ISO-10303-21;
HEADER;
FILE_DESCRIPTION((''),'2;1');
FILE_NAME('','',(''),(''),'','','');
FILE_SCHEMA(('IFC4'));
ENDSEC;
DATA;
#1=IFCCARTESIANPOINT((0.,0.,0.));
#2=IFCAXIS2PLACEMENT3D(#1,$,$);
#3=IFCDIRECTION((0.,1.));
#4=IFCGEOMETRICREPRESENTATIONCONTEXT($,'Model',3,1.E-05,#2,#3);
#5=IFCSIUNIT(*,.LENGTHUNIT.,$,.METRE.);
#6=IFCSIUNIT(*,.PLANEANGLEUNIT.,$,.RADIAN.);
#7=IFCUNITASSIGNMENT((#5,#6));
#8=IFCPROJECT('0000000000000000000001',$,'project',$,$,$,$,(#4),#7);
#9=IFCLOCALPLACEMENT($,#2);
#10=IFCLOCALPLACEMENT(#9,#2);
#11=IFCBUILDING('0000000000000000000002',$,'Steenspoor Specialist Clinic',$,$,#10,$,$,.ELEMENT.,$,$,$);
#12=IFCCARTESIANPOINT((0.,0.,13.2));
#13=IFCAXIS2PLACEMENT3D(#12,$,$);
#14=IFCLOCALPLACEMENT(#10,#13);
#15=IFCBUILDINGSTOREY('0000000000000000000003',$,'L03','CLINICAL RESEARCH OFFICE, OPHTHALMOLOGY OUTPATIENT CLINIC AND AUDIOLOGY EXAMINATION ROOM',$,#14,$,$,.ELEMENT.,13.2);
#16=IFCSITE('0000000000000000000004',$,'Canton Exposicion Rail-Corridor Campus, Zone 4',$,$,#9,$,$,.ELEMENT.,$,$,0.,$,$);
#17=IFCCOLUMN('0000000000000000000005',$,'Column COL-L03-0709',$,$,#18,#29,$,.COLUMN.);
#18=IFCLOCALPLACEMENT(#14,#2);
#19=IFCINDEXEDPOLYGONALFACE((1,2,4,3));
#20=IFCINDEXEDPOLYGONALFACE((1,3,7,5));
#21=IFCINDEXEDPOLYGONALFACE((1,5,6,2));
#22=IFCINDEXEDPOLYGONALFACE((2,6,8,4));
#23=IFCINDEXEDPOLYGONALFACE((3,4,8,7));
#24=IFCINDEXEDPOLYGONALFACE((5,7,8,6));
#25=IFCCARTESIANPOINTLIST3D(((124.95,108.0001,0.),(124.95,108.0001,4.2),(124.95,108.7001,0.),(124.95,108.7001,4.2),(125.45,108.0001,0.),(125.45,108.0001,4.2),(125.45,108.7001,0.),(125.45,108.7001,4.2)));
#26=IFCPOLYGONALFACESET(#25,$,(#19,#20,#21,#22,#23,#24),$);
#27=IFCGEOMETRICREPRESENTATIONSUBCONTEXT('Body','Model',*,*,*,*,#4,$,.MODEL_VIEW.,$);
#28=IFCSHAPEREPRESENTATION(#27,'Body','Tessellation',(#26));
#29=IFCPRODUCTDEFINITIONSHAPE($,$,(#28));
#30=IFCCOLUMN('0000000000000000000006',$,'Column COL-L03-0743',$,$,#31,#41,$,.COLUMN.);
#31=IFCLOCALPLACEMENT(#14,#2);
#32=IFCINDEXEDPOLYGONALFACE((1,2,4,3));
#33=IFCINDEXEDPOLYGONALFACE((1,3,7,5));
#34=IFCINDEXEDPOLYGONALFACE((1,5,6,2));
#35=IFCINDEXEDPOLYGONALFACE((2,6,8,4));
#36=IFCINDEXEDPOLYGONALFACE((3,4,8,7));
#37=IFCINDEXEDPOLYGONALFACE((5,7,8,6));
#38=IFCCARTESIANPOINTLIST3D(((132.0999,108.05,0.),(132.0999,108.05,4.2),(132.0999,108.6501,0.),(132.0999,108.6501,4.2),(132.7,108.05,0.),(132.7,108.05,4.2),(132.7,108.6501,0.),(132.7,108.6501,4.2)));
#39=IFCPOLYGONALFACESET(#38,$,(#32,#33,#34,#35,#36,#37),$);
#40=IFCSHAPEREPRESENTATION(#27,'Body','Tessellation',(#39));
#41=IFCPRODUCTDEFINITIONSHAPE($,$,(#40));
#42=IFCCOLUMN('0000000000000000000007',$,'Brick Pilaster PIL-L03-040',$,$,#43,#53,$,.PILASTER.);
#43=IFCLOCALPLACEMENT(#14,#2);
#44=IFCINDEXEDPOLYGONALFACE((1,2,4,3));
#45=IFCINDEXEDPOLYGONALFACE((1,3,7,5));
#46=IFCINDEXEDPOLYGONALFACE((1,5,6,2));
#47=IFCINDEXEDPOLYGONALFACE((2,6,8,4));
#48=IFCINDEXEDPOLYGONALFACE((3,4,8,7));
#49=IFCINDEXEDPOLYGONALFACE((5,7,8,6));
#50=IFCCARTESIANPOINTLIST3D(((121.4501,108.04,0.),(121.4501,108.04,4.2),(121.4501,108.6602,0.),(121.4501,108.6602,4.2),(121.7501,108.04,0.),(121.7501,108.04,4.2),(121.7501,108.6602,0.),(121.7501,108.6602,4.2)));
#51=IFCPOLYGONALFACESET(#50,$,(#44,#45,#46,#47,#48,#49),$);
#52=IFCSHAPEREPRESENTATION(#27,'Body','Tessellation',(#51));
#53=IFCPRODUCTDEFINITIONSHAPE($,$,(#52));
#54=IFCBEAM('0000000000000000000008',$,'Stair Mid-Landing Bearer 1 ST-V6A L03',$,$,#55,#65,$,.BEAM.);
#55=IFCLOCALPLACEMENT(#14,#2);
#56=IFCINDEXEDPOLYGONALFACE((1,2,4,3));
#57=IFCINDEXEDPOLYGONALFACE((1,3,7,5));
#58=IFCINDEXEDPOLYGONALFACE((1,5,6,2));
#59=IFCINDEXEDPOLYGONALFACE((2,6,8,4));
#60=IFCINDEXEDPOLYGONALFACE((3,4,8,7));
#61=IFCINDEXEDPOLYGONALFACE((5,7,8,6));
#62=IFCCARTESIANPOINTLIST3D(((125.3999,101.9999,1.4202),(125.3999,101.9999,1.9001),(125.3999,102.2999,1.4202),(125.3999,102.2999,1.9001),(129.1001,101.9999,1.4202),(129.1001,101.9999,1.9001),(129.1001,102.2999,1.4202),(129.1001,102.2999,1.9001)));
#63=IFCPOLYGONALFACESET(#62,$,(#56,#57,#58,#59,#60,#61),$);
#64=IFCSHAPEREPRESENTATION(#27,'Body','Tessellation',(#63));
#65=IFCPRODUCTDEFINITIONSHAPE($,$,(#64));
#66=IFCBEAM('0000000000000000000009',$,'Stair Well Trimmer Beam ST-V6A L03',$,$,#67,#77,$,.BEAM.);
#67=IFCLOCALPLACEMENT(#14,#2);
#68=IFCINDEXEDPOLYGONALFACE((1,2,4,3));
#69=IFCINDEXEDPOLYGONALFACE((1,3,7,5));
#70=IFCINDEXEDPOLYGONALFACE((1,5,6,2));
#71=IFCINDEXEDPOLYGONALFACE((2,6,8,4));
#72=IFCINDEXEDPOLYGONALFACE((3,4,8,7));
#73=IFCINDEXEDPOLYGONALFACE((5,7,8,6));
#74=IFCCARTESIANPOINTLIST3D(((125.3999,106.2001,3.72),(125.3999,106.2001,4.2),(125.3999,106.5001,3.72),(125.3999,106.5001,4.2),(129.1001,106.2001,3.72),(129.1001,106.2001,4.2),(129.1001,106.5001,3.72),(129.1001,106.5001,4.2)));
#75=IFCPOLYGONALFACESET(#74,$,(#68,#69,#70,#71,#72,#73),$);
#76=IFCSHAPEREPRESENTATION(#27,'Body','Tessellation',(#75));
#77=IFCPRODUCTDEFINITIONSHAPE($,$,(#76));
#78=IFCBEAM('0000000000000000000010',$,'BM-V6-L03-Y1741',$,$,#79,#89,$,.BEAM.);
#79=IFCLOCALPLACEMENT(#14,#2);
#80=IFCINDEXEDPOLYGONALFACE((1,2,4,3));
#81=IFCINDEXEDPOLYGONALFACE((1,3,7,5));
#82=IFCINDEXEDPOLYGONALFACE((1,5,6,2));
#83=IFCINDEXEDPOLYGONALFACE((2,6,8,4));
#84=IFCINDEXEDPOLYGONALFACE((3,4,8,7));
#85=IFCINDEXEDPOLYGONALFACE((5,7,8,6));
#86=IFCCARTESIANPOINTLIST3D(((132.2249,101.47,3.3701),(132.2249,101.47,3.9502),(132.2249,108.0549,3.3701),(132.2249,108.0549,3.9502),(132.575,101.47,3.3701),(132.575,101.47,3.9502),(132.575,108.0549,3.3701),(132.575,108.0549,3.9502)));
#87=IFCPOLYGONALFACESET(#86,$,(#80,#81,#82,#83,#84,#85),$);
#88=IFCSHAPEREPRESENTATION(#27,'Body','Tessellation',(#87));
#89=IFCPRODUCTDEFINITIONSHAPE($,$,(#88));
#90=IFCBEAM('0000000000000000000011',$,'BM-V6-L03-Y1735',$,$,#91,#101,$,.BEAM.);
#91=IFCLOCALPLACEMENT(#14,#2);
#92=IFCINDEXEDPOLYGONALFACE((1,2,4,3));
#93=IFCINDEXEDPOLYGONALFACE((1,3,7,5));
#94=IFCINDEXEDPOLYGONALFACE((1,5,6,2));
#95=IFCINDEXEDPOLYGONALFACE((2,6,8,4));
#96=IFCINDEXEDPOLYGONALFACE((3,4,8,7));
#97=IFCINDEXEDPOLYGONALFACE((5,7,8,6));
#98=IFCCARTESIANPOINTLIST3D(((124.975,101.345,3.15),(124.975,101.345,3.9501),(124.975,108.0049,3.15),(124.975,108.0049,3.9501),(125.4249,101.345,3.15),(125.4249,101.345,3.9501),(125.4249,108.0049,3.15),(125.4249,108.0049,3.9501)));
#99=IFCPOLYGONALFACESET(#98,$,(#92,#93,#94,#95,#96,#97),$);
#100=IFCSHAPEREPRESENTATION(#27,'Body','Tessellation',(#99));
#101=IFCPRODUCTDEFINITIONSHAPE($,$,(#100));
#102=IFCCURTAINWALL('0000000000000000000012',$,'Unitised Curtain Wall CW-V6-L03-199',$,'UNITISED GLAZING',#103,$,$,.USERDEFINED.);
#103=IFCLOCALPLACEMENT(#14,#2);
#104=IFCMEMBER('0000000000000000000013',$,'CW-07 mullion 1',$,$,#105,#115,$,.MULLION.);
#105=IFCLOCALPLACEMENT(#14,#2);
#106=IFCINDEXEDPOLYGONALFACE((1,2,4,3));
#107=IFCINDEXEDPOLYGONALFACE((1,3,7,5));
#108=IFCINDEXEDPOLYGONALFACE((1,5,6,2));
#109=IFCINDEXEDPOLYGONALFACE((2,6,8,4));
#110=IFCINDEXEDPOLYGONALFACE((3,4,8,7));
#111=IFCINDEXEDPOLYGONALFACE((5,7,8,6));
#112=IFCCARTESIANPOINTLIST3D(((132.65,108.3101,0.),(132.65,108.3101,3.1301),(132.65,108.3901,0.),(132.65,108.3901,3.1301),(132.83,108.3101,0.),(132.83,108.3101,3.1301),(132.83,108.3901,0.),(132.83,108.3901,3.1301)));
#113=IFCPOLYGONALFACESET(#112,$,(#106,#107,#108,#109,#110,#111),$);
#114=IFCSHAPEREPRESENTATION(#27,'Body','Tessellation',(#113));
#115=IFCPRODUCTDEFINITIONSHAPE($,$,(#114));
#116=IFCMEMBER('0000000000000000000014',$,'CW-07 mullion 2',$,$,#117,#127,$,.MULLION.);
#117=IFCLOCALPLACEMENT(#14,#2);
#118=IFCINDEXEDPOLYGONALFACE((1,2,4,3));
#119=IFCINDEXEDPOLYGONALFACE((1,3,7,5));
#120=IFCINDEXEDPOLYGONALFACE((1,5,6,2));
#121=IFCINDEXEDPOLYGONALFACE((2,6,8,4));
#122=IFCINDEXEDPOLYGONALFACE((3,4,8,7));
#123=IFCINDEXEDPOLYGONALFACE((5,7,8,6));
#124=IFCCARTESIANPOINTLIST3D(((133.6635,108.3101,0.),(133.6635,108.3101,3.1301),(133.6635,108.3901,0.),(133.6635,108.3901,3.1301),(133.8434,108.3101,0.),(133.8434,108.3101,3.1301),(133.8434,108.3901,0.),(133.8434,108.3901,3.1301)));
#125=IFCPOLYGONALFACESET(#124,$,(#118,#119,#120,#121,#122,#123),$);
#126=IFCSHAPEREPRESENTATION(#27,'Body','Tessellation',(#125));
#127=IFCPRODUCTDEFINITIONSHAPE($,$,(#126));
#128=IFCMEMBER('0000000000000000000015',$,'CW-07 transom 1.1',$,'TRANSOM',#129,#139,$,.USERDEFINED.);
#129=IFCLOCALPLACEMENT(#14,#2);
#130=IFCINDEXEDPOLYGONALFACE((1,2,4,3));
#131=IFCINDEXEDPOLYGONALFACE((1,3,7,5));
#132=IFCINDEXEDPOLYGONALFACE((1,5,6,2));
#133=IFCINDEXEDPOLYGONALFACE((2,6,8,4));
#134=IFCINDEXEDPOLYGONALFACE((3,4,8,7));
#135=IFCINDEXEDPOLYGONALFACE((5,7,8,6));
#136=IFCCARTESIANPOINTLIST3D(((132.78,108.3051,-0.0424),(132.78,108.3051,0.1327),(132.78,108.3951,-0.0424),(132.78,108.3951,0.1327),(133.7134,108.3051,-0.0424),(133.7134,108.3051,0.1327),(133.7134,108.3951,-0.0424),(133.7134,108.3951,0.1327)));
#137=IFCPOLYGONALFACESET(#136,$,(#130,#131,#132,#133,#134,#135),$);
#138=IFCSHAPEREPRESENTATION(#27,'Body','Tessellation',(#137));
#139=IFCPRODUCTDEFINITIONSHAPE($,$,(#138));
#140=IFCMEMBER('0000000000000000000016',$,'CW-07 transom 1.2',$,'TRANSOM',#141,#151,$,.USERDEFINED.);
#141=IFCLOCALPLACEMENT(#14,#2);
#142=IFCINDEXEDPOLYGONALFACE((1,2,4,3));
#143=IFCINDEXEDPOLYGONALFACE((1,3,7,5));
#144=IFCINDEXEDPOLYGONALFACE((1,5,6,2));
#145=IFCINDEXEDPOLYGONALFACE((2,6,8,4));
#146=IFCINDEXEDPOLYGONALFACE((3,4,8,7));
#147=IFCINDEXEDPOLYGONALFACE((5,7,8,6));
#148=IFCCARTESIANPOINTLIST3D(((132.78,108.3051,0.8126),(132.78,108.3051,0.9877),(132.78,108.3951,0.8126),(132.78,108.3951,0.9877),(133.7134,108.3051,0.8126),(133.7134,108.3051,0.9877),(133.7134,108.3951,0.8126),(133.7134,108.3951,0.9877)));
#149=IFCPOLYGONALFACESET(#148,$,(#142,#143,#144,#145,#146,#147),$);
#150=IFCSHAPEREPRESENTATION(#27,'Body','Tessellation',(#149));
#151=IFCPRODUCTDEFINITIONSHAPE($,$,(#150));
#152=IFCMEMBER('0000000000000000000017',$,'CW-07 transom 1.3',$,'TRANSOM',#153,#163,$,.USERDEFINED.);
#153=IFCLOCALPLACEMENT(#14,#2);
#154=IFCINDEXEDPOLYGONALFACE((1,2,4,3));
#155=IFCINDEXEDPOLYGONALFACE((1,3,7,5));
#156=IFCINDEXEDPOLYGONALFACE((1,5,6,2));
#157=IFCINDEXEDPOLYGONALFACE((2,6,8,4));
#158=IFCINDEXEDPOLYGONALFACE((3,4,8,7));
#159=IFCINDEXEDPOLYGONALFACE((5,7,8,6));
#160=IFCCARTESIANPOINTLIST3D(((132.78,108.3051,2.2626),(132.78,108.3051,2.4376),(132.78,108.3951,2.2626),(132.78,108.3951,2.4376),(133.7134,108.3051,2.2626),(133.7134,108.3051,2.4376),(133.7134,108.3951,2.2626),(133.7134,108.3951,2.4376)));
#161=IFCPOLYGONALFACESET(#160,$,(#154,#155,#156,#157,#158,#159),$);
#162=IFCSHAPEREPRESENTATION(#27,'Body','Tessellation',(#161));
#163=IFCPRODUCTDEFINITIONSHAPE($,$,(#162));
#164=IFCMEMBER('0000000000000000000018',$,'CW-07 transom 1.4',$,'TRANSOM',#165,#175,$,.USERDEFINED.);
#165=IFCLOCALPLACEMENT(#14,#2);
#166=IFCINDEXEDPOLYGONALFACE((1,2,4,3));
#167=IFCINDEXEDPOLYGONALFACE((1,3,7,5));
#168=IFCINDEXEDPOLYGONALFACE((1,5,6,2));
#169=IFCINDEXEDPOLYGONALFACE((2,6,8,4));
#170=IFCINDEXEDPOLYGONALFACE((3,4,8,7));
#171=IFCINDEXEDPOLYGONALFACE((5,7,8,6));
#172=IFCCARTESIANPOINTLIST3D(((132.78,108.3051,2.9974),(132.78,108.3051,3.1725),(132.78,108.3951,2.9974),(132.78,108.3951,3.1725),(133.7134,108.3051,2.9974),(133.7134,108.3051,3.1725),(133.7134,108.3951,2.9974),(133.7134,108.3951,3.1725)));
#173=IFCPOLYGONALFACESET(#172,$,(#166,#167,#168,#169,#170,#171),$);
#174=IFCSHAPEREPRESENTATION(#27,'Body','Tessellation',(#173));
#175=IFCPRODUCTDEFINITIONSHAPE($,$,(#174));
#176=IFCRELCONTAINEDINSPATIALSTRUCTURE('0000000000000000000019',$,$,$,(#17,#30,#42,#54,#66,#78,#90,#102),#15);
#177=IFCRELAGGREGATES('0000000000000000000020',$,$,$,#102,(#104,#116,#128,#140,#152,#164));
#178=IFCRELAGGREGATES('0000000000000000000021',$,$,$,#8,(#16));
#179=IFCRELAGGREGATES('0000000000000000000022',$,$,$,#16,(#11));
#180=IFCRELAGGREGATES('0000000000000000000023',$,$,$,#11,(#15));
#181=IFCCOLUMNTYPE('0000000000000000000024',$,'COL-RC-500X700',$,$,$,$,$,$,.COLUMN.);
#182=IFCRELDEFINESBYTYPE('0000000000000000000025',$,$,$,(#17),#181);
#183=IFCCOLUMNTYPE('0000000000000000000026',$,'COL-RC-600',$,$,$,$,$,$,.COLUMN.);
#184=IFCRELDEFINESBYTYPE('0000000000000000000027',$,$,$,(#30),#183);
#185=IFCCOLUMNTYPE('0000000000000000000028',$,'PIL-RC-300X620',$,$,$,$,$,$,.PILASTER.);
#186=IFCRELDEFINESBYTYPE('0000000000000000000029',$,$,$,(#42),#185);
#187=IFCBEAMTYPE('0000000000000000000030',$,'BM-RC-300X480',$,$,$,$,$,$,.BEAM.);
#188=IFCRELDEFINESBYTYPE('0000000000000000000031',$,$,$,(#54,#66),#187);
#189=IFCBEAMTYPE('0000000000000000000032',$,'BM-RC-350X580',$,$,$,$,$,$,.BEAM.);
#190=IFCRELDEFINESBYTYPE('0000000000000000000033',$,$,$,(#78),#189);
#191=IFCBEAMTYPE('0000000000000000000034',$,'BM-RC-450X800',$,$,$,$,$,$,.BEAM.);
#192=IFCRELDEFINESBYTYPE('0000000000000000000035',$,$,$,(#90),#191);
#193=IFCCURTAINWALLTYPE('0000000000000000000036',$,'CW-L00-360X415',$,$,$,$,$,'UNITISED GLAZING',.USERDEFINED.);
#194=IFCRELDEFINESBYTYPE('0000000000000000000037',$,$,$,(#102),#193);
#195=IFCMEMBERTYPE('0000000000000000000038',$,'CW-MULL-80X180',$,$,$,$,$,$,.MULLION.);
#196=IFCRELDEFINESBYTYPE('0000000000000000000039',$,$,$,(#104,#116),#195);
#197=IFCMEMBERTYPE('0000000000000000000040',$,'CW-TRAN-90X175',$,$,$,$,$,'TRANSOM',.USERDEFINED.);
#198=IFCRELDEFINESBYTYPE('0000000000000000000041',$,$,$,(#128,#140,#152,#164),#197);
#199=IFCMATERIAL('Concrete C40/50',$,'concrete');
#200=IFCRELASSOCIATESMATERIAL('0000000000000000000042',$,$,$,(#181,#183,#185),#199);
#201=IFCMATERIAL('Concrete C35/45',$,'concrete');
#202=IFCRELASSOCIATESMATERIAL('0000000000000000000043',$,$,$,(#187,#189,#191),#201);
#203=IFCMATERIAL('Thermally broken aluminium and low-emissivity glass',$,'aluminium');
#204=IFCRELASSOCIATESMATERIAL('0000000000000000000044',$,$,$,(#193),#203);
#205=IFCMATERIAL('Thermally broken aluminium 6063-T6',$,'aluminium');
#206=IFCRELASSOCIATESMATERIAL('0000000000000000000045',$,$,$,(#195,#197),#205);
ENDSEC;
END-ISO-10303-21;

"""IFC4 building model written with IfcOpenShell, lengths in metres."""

from ifc_helpers import new_model, si_unit, direction, frame, origin, origin_2d, place, context, subcontext, project, spatial, rectangle, extrude, material, material_profile, profile_set, type_object, element, aggregate, save


model = new_model("IFC4")

# Units and contexts
model_context = context("Model", 3, precision=1e-05, world=origin(), true_north=direction((0.0, 1.0)))
body_context = subcontext(model_context, "Body", "Model", "MODEL_VIEW")
ifc_project = project(units=[si_unit("LENGTHUNIT", "METRE"), si_unit("PLANEANGLEUNIT", "RADIAN")], contexts=[model_context])

# Site, building, storey
site_placement = place(None, origin())
site = spatial("IfcSite", under=ifc_project, at=site_placement, Name="Canton Exposicion Rail-Corridor Campus, Zone 4", CompositionType="ELEMENT", RefElevation=0.0)
building_placement = place(site_placement, origin())
building = spatial("IfcBuilding", under=site, at=building_placement, Name="Steenspoor Specialist Clinic", CompositionType="ELEMENT")
storey_placement = place(building_placement, frame((0.0, 0.0, 13.2)))
storey = spatial("IfcBuildingStorey", under=building, at=storey_placement, Name="L03", Description="CLINICAL RESEARCH OFFICE, OPHTHALMOLOGY OUTPATIENT CLINIC AND AUDIOLOGY EXAMINATION ROOM", CompositionType="ELEMENT", Elevation=13.2)

# Columns
ifc_material_1 = material(Name="Concrete C40/50", Category="concrete")
ifc_material_profile_1 = material_profile(ifc_material_1, rectangle(XDim=0.5, YDim=0.7, at=origin_2d()), Name="RC-COL-500X700")
ifc_profile_set_1 = profile_set([ifc_material_profile_1], Name="Concrete C40/50")
column_type_1 = type_object("IfcColumnType", Name="COL-RC-500X700", PredefinedType="COLUMN", material=ifc_profile_set_1)
column_1_placement = place(storey_placement, frame((125.2, 108.3501, 0.0), z_axis=(0.0, 0.0, 1.0), x_axis=(1.0, 0.0, 0.0)))
element("IfcColumn", 1, at=column_1_placement, inside=storey, type_object=column_type_1, Name="Column COL-L03-0709", PredefinedType="COLUMN", context=body_context, shape_type="SweptSolid", body=[
    extrude(rectangle(XDim=0.5, YDim=0.7, at=origin_2d()), origin(), (0.0, 0.0, 1.0), 4.2),
])
ifc_material_profile_2 = material_profile(ifc_material_1, rectangle(XDim=0.6001, YDim=0.6001, at=origin_2d()), Name="RC-COL-600X600")
ifc_profile_set_2 = profile_set([ifc_material_profile_2], Name="Concrete C40/50")
column_type_2 = type_object("IfcColumnType", Name="COL-RC-600", PredefinedType="COLUMN", material=ifc_profile_set_2)
column_2_placement = place(storey_placement, frame((132.3999, 108.3501, 0.0), z_axis=(0.0, 0.0, 1.0), x_axis=(1.0, 0.0, 0.0)))
element("IfcColumn", 2, at=column_2_placement, inside=storey, type_object=column_type_2, Name="Column COL-L03-0743", PredefinedType="COLUMN", context=body_context, shape_type="SweptSolid", body=[
    extrude(rectangle(XDim=0.6001, YDim=0.6001, at=origin_2d()), origin(), (0.0, 0.0, 1.0), 4.2),
])
ifc_material_profile_3 = material_profile(ifc_material_1, rectangle(XDim=0.3, YDim=0.6201, at=origin_2d()), Name="RC-PIL-300X620")
ifc_profile_set_3 = profile_set([ifc_material_profile_3], Name="Concrete C40/50")
column_type_3 = type_object("IfcColumnType", Name="PIL-RC-300X620", PredefinedType="PILASTER", material=ifc_profile_set_3)
column_3_placement = place(storey_placement, frame((121.6001, 108.3501, 0.0), z_axis=(0.0, 0.0, 1.0), x_axis=(1.0, 0.0, 0.0)))
element("IfcColumn", 3, at=column_3_placement, inside=storey, type_object=column_type_3, Name="Brick Pilaster PIL-L03-040", PredefinedType="PILASTER", context=body_context, shape_type="SweptSolid", body=[
    extrude(rectangle(XDim=0.3, YDim=0.6201, at=origin_2d()), origin(), (0.0, 0.0, 1.0), 4.2),
])

# Beams
ifc_material_2 = material(Name="Concrete C35/45", Category="concrete")
ifc_material_profile_4 = material_profile(ifc_material_2, rectangle(XDim=0.3, YDim=0.48, at=origin_2d()), Name="RC-BM-300X480")
ifc_profile_set_4 = profile_set([ifc_material_profile_4], Name="Concrete C35/45")
beam_type_1 = type_object("IfcBeamType", Name="BM-RC-300X480", PredefinedType="BEAM", material=ifc_profile_set_4)
for number, where, z_axis, x_axis, name in (
    (4, (125.3999, 102.1499, 1.6602), (1.0, 0.0, 0.0), (0.0, 1.0, 0.0), "Stair Mid-Landing Bearer 1 ST-V6A L03"),
    (5, (125.3999, 106.3501, 3.96), (1.0, 0.0, 0.0), (0.0, 1.0, 0.0), "Stair Well Trimmer Beam ST-V6A L03"),
):
    element("IfcBeam", number, at=place(storey_placement, frame(where, z_axis=z_axis, x_axis=x_axis)), inside=storey, type_object=beam_type_1, Name=name, PredefinedType="BEAM", context=body_context, shape_type="SweptSolid", body=[
        extrude(rectangle(XDim=0.3, YDim=0.48, at=origin_2d()), origin(), (0.0, 0.0, 1.0), 3.7002),
    ])
ifc_material_profile_5 = material_profile(ifc_material_2, rectangle(XDim=0.3501, YDim=0.5801, at=origin_2d()), Name="RC-BM-350X580")
ifc_profile_set_5 = profile_set([ifc_material_profile_5], Name="Concrete C35/45")
beam_type_2 = type_object("IfcBeamType", Name="BM-RC-350X580", PredefinedType="BEAM", material=ifc_profile_set_5)
beam_1_placement = place(storey_placement, frame((132.3999, 101.47, 3.6602), z_axis=(0.0, 1.0, 0.0), x_axis=(-1.0, 0.0, 0.0)))
element("IfcBeam", 6, at=beam_1_placement, inside=storey, type_object=beam_type_2, Name="BM-V6-L03-Y1741", PredefinedType="BEAM", context=body_context, shape_type="SweptSolid", body=[
    extrude(rectangle(XDim=0.3501, YDim=0.5801, at=origin_2d()), origin(), (0.0, 0.0, 1.0), 6.585),
])
ifc_material_profile_6 = material_profile(ifc_material_2, rectangle(XDim=0.45, YDim=0.8, at=origin_2d()), Name="RC-BM-450X800")
ifc_profile_set_6 = profile_set([ifc_material_profile_6], Name="Concrete C35/45")
beam_type_3 = type_object("IfcBeamType", Name="BM-RC-450X800", PredefinedType="BEAM", material=ifc_profile_set_6)
beam_2_placement = place(storey_placement, frame((125.2, 101.345, 3.55), z_axis=(0.0, 1.0, 0.0), x_axis=(-1.0, 0.0, 0.0)))
element("IfcBeam", 7, at=beam_2_placement, inside=storey, type_object=beam_type_3, Name="BM-V6-L03-Y1735", PredefinedType="BEAM", context=body_context, shape_type="SweptSolid", body=[
    extrude(rectangle(XDim=0.45, YDim=0.8, at=origin_2d()), origin(), (0.0, 0.0, 1.0), 6.6599),
])

# Curtain wall, members
ifc_material_3 = material(Name="Thermally broken aluminium and low-emissivity glass", Category="aluminium")
curtain_wall_type = type_object("IfcCurtainWallType", Name="CW-L00-360X415", ElementType="UNITISED GLAZING", PredefinedType="USERDEFINED", material=ifc_material_3)
curtain_wall_placement = place(storey_placement, origin())
curtain_wall = element("IfcCurtainWall", 8, at=curtain_wall_placement, inside=storey, type_object=curtain_wall_type, Name="Unitised Curtain Wall CW-V6-L03-199", ObjectType="UNITISED GLAZING", PredefinedType="USERDEFINED")
ifc_material_4 = material(Name="Thermally broken aluminium 6063-T6", Category="aluminium")
ifc_material_profile_7 = material_profile(ifc_material_4, rectangle(XDim=0.0801, YDim=0.1799, at=origin_2d()), Name="CWM-80X180")
ifc_profile_set_7 = profile_set([ifc_material_profile_7], Name="Thermally broken aluminium 6063-T6")
member_type_1 = type_object("IfcMemberType", Name="CW-MULL-80X180", PredefinedType="MULLION", material=ifc_profile_set_7)
member_1_placement = place(storey_placement, frame((132.74, 108.3501, 0.0), z_axis=(0.0, 0.0, 1.0), x_axis=(0.0, 1.0, 0.0)))
member_1 = element("IfcMember", 9, at=member_1_placement, type_object=member_type_1, Name="CW-07 mullion 1", PredefinedType="MULLION", context=body_context, shape_type="SweptSolid", body=[
    extrude(rectangle(XDim=0.0801, YDim=0.1799, at=origin_2d()), origin(), (0.0, 0.0, 1.0), 3.1301),
])
member_2_placement = place(storey_placement, frame((133.7534, 108.3501, 0.0), z_axis=(0.0, 0.0, 1.0), x_axis=(0.0, 1.0, 0.0)))
member_2 = element("IfcMember", 10, at=member_2_placement, type_object=member_type_1, Name="CW-07 mullion 2", PredefinedType="MULLION", context=body_context, shape_type="SweptSolid", body=[
    extrude(rectangle(XDim=0.0801, YDim=0.1799, at=origin_2d()), origin(), (0.0, 0.0, 1.0), 3.1301),
])
ifc_material_profile_8 = material_profile(ifc_material_4, rectangle(XDim=0.0901, YDim=0.175, at=origin_2d()), Name="CWT-90X175")
ifc_profile_set_8 = profile_set([ifc_material_profile_8], Name="Thermally broken aluminium 6063-T6")
member_type_2 = type_object("IfcMemberType", Name="CW-TRAN-90X175", ElementType="TRANSOM", PredefinedType="USERDEFINED", material=ifc_profile_set_8)
member_3_placement = place(storey_placement, frame((132.78, 108.3501, 0.0452), z_axis=(1.0, 0.0, 0.0), x_axis=(0.0, 1.0, 0.0)))
member_3 = element("IfcMember", 11, at=member_3_placement, type_object=member_type_2, Name="CW-07 transom 1.1", ObjectType="TRANSOM", PredefinedType="USERDEFINED", context=body_context, shape_type="SweptSolid", body=[
    extrude(rectangle(XDim=0.0901, YDim=0.175, at=origin_2d()), origin(), (0.0, 0.0, 1.0), 0.9333),
])
member_4_placement = place(storey_placement, frame((132.78, 108.3501, 0.9001), z_axis=(1.0, 0.0, 0.0), x_axis=(0.0, 1.0, 0.0)))
member_4 = element("IfcMember", 12, at=member_4_placement, type_object=member_type_2, Name="CW-07 transom 1.2", ObjectType="TRANSOM", PredefinedType="USERDEFINED", context=body_context, shape_type="SweptSolid", body=[
    extrude(rectangle(XDim=0.0901, YDim=0.175, at=origin_2d()), origin(), (0.0, 0.0, 1.0), 0.9333),
])
member_5_placement = place(storey_placement, frame((132.78, 108.3501, 2.3501), z_axis=(1.0, 0.0, 0.0), x_axis=(0.0, 1.0, 0.0)))
member_5 = element("IfcMember", 13, at=member_5_placement, type_object=member_type_2, Name="CW-07 transom 1.3", ObjectType="TRANSOM", PredefinedType="USERDEFINED", context=body_context, shape_type="SweptSolid", body=[
    extrude(rectangle(XDim=0.0901, YDim=0.175, at=origin_2d()), origin(), (0.0, 0.0, 1.0), 0.9333),
])
member_6_placement = place(storey_placement, frame((132.78, 108.3501, 3.085), z_axis=(1.0, 0.0, 0.0), x_axis=(0.0, 1.0, 0.0)))
member_6 = element("IfcMember", 14, at=member_6_placement, type_object=member_type_2, Name="CW-07 transom 1.4", ObjectType="TRANSOM", PredefinedType="USERDEFINED", context=body_context, shape_type="SweptSolid", body=[
    extrude(rectangle(XDim=0.0901, YDim=0.175, at=origin_2d()), origin(), (0.0, 0.0, 1.0), 0.9333),
])

aggregate(curtain_wall, [member_1, member_2, member_3, member_4, member_5, member_6])

save(model, "model.ifc")
